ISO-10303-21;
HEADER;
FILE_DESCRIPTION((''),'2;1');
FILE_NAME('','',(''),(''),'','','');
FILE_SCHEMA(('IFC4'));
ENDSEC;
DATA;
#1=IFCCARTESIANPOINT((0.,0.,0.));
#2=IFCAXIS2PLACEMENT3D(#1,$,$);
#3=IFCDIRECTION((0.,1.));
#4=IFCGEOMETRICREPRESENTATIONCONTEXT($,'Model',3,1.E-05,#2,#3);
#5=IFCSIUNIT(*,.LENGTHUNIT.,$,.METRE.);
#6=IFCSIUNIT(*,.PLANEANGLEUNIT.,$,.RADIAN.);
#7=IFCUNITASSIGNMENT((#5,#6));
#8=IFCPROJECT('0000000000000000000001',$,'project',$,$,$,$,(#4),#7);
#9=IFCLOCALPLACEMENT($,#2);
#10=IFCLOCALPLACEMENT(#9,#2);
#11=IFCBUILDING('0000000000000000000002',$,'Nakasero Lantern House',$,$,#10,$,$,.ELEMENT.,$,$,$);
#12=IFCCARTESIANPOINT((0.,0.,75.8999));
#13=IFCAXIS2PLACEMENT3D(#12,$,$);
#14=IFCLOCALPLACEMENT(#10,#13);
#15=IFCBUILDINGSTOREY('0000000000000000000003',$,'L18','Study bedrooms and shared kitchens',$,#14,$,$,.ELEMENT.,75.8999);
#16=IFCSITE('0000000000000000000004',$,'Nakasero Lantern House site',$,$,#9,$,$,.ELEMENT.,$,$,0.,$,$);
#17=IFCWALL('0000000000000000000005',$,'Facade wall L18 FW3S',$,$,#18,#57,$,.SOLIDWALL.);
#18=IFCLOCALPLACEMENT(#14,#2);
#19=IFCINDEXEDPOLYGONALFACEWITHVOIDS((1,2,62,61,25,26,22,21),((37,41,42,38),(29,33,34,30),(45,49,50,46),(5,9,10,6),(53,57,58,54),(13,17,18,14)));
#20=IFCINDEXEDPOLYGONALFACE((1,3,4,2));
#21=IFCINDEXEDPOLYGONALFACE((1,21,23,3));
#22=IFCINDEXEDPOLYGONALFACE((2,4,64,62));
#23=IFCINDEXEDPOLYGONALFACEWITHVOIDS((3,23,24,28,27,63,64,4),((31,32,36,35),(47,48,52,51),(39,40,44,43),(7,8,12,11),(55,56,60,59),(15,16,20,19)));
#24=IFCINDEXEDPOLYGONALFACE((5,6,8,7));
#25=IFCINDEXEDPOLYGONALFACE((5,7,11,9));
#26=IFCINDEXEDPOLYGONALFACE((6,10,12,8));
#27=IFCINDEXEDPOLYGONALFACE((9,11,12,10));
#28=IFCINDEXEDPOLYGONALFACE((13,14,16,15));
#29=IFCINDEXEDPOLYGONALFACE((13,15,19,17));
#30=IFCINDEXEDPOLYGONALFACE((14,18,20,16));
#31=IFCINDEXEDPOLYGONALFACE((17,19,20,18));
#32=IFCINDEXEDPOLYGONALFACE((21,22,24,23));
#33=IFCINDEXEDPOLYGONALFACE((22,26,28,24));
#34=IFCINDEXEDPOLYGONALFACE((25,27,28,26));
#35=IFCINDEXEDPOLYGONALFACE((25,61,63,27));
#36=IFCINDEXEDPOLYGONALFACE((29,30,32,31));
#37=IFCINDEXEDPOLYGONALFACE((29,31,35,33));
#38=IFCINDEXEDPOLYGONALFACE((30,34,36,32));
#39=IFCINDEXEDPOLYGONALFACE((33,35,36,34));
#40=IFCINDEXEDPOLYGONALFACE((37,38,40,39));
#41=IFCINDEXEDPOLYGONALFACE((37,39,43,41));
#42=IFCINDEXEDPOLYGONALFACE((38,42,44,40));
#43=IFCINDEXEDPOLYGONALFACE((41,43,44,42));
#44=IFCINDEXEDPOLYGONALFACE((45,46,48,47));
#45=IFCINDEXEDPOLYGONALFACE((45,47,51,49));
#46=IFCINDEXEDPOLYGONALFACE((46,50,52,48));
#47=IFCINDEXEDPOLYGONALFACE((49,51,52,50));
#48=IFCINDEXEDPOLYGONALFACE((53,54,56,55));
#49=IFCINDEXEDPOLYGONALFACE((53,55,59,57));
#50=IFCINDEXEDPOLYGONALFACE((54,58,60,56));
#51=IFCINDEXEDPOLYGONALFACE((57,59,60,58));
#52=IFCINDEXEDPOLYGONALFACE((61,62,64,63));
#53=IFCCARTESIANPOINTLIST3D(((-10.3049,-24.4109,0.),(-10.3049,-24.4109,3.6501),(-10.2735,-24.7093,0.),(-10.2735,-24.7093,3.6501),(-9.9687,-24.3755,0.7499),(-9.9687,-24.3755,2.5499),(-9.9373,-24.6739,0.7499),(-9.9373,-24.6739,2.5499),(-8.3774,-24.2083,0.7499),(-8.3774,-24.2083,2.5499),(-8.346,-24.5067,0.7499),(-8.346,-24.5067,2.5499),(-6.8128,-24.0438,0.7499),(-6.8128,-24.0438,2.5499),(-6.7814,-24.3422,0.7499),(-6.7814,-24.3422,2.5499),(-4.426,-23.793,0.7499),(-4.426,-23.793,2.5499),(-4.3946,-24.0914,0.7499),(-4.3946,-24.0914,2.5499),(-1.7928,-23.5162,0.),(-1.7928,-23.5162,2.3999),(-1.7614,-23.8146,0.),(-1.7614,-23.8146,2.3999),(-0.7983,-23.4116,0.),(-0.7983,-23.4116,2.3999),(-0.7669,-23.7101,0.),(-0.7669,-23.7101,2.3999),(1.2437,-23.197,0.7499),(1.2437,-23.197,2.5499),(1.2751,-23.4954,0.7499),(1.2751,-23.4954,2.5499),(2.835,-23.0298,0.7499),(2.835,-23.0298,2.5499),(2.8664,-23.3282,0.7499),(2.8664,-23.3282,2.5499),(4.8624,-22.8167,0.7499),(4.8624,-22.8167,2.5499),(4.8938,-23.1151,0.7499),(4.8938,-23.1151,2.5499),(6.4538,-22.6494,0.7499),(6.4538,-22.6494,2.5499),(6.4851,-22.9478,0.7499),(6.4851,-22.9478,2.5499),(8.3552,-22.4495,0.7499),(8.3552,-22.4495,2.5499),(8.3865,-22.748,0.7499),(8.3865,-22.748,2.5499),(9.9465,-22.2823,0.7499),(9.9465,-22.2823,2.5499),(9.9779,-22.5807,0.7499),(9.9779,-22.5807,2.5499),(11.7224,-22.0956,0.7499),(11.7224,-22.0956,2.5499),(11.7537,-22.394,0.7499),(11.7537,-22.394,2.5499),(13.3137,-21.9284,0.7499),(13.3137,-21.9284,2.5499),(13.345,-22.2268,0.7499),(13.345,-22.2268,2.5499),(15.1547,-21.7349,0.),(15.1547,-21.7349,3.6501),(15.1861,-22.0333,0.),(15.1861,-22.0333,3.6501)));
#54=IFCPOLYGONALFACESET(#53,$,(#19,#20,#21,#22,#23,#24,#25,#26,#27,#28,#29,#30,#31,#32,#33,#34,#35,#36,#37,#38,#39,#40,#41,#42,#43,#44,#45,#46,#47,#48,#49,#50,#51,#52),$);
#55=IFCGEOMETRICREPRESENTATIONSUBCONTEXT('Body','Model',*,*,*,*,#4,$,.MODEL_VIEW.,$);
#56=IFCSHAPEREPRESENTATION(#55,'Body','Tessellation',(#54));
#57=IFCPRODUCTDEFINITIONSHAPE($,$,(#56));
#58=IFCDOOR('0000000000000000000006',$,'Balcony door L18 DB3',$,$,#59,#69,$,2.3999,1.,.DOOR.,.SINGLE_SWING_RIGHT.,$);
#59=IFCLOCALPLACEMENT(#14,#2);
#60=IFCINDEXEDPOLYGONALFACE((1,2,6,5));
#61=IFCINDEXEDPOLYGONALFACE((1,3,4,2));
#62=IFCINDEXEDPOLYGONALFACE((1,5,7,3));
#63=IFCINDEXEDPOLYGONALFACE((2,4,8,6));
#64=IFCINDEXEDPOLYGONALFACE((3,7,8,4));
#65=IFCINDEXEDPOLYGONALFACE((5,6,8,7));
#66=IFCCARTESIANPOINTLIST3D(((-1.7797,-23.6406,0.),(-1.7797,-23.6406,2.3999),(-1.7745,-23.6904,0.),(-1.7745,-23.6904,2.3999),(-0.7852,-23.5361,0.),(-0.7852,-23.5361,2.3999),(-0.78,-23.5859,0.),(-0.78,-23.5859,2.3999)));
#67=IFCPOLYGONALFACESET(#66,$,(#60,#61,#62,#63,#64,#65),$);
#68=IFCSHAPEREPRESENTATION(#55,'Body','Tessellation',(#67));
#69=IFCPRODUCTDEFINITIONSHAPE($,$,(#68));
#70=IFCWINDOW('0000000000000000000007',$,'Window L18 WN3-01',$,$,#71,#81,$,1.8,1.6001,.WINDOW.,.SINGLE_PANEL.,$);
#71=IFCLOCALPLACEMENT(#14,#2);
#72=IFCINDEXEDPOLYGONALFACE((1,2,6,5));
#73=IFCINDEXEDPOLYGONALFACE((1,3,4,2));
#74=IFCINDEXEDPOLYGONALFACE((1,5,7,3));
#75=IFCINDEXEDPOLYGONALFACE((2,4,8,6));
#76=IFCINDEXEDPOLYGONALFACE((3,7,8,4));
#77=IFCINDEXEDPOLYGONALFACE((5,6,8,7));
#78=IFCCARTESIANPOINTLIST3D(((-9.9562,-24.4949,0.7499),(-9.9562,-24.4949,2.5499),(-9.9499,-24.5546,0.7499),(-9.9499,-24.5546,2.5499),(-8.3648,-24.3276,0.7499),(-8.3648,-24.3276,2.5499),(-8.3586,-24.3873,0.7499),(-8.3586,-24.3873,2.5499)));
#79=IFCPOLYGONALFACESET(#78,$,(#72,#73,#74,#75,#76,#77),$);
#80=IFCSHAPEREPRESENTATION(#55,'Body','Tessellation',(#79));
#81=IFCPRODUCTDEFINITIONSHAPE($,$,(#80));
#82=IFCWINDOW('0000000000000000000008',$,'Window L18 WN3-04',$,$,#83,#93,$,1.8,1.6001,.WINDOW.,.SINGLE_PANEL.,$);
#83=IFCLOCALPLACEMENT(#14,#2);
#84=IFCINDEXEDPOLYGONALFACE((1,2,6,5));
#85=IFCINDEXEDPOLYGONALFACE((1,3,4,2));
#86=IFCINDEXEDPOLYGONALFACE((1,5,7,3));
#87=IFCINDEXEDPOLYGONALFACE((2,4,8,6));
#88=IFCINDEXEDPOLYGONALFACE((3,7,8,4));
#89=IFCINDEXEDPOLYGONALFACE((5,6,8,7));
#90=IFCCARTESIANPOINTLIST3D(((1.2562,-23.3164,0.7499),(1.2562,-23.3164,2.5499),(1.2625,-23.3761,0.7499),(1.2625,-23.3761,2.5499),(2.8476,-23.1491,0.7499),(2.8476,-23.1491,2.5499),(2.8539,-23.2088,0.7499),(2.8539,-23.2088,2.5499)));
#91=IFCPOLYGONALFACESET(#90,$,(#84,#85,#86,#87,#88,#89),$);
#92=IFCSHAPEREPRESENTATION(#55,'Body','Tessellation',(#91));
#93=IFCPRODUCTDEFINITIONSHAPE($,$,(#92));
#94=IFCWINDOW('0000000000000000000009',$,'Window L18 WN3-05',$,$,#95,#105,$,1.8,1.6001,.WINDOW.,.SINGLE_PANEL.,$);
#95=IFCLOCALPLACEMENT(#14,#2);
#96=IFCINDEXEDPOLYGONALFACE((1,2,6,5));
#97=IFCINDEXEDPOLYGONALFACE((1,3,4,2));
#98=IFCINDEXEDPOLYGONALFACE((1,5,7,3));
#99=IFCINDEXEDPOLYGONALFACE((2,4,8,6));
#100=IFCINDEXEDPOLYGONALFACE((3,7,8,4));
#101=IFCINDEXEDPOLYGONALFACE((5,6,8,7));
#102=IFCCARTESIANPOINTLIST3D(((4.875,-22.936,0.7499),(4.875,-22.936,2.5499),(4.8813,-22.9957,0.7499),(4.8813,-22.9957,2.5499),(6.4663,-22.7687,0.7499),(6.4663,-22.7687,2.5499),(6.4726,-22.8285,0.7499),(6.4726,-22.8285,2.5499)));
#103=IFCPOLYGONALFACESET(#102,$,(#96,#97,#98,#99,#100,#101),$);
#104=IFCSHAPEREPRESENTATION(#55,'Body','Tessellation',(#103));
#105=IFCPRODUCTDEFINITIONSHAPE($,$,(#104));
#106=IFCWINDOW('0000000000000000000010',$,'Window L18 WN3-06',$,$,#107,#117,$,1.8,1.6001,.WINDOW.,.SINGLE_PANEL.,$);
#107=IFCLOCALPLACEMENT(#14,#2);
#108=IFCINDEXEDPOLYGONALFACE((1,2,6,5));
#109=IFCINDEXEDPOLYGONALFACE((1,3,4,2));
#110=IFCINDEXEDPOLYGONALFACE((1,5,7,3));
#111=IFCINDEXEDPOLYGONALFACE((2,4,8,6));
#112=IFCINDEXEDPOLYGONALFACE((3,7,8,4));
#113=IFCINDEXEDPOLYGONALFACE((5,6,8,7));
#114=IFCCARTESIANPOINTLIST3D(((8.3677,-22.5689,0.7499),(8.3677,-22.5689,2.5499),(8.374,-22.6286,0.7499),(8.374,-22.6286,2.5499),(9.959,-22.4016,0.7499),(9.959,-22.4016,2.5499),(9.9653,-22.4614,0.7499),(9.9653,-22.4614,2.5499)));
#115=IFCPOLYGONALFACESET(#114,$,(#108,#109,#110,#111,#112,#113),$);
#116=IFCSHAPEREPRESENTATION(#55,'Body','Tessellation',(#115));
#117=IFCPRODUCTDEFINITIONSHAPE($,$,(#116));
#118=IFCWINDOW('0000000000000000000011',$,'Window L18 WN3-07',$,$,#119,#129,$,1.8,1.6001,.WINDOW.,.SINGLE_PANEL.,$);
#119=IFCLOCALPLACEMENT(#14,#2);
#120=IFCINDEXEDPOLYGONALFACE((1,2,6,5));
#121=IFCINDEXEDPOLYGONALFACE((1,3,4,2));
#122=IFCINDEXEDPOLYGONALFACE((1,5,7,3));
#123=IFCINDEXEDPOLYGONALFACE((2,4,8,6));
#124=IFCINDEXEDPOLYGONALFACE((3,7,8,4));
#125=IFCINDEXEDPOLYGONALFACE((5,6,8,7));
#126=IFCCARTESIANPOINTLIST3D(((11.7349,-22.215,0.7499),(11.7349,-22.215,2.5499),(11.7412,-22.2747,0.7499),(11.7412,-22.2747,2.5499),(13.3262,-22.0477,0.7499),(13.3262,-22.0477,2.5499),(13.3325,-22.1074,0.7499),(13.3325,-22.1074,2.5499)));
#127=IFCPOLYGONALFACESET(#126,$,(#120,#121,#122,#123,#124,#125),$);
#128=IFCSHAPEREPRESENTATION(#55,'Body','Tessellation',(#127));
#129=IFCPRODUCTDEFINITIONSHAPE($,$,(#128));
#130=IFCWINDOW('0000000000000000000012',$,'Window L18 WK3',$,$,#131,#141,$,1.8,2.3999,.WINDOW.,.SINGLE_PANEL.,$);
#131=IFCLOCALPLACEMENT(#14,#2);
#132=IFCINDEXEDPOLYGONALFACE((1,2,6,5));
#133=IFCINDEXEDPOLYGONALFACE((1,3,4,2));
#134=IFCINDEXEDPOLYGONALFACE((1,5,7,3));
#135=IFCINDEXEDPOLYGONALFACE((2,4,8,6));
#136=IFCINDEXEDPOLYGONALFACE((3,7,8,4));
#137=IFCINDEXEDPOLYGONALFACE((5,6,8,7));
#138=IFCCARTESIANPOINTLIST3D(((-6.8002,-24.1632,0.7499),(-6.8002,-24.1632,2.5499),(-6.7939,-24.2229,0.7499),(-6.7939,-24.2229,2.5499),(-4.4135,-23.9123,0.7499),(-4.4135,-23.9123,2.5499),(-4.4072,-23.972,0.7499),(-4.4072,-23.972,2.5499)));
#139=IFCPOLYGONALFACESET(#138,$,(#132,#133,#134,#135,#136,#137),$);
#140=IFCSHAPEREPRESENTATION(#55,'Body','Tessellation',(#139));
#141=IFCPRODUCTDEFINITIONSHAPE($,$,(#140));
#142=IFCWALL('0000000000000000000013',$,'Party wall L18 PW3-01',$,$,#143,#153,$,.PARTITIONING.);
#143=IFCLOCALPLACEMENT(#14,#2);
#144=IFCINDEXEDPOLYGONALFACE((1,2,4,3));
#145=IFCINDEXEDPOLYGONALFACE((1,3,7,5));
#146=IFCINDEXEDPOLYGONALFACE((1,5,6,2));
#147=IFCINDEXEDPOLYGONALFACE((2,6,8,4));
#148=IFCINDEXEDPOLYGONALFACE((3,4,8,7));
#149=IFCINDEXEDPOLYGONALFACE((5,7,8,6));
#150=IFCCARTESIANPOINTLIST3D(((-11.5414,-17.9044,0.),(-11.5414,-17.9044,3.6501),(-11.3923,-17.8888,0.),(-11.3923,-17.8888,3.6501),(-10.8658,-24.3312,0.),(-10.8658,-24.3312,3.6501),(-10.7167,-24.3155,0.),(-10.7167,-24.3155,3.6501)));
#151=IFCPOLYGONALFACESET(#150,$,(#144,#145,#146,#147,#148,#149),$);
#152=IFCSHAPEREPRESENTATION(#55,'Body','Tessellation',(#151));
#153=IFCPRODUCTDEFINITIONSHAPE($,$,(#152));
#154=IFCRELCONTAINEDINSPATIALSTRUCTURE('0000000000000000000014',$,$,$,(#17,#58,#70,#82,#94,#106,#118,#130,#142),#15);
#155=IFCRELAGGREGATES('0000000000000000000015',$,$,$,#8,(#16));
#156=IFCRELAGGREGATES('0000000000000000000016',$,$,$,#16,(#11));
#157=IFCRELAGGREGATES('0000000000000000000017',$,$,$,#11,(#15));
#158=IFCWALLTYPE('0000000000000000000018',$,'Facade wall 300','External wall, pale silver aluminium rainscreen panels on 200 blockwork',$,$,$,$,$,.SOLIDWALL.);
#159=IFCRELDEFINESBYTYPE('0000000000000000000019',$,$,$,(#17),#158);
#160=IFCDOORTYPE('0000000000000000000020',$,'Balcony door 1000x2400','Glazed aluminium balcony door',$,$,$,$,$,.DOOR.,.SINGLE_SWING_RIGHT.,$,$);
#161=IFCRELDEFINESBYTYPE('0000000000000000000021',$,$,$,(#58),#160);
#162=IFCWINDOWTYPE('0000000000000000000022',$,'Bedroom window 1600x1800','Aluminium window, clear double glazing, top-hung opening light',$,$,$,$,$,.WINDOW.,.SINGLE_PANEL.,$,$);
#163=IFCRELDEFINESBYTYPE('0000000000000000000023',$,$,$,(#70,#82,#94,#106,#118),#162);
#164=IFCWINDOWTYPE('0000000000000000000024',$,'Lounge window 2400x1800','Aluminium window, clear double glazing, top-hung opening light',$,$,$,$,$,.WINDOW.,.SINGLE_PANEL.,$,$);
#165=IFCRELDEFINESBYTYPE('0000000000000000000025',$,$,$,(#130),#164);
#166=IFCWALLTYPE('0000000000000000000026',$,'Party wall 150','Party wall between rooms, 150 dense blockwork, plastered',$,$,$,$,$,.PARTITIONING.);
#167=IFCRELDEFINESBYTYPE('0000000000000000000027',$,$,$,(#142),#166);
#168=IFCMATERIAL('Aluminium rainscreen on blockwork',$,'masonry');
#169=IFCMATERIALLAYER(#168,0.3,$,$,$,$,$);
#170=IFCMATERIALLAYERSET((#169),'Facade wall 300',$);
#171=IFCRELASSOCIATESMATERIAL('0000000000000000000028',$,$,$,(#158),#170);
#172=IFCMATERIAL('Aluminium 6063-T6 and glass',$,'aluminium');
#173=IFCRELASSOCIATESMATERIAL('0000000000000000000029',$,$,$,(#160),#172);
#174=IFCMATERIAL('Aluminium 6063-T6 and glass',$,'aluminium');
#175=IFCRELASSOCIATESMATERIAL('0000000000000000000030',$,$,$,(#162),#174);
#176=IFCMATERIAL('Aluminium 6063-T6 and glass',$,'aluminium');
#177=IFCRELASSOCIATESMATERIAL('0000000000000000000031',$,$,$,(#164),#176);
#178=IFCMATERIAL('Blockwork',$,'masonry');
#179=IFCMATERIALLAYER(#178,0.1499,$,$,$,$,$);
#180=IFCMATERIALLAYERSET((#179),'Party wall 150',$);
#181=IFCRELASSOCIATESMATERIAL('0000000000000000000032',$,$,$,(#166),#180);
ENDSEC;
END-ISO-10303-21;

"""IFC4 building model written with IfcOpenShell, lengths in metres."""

from ifc_helpers import new_model, si_unit, direction, frame, frame_2d, origin, place, context, subcontext, project, spatial, rectangle, extrude, material, layer, layer_set, type_object, element, fill, save


model = new_model("IFC4")

# Units and contexts
model_context = context("Model", 3, precision=1e-05, world=origin(), true_north=direction((0.0, 1.0)))
body_context = subcontext(model_context, "Body", "Model", "MODEL_VIEW")
ifc_project = project(units=[si_unit("LENGTHUNIT", "METRE"), si_unit("PLANEANGLEUNIT", "RADIAN")], contexts=[model_context])

# Site, building, storey
site_placement = place(None, origin())
site = spatial("IfcSite", under=ifc_project, at=site_placement, Name="Nakasero Lantern House site", CompositionType="ELEMENT", RefElevation=0.0)
building_placement = place(site_placement, origin())
building = spatial("IfcBuilding", under=site, at=building_placement, Name="Nakasero Lantern House", CompositionType="ELEMENT")
storey_placement = place(building_placement, frame((0.0, 0.0, 75.8999)))
storey = spatial("IfcBuildingStorey", under=building, at=storey_placement, Name="L18", Description="Study bedrooms and shared kitchens", CompositionType="ELEMENT", Elevation=75.8999)

# Wall, openings, door, windows
ifc_material_1 = material(Name="Aluminium rainscreen on blockwork", Category="masonry")
ifc_layer_1 = layer(ifc_material_1, 0.3)
ifc_layer_set_1 = layer_set([ifc_layer_1], Name="Facade wall 300")
wall_type_1 = type_object("IfcWallType", Name="Facade wall 300", Description="External wall, pale silver aluminium rainscreen panels on 200 blockwork", PredefinedType="SOLIDWALL", material=ifc_layer_set_1)
wall_1_placement = place(storey_placement, frame((-10.2891, -24.5601, 0.0), z_axis=(0.0, 0.0, 1.0), x_axis=(0.994521, 0.104532, 0.0)))
wall_1 = element("IfcWall", 1, at=wall_1_placement, inside=storey, type_object=wall_type_1, Name="Facade wall L18 FW3S", PredefinedType="SOLIDWALL", context=body_context, shape_type="SweptSolid", body=[
    extrude(rectangle(XDim=25.5999, YDim=0.3, at=frame_2d((12.7998, 0.0))), origin(), (0.0, 0.0, 1.0), 3.6501),
])
opening_1_placement = place(wall_1_placement, frame((0.3379, 0.0, 0.75)))
opening_1 = element("IfcOpeningElement", 2, at=opening_1_placement, cuts=wall_1, PredefinedType="OPENING", context=body_context, shape_type="SweptSolid", body=[
    extrude(rectangle(XDim=1.6001, YDim=1.8, at=frame_2d((0.8, 0.8999))), frame((0.0, 0.1699, 0.0), z_axis=(0.0, -1.0, 0.0), x_axis=(1.0, 0.0, 0.0)), (0.0, 0.0, 1.0), 0.3401),
])
opening_2_placement = place(wall_1_placement, frame((11.6121, 0.0, 0.75)))
opening_2 = element("IfcOpeningElement", 3, at=opening_2_placement, cuts=wall_1, PredefinedType="OPENING", context=body_context, shape_type="SweptSolid", body=[
    extrude(rectangle(XDim=1.6001, YDim=1.8, at=frame_2d((0.8, 0.8999))), frame((0.0, 0.1699, 0.0), z_axis=(0.0, -1.0, 0.0), x_axis=(1.0, 0.0, 0.0)), (0.0, 0.0, 1.0), 0.3401),
])
opening_3_placement = place(wall_1_placement, frame((15.2507, 0.0, 0.75)))
opening_3 = element("IfcOpeningElement", 4, at=opening_3_placement, cuts=wall_1, PredefinedType="OPENING", context=body_context, shape_type="SweptSolid", body=[
    extrude(rectangle(XDim=1.6001, YDim=1.8, at=frame_2d((0.8, 0.8999))), frame((0.0, 0.1699, 0.0), z_axis=(0.0, -1.0, 0.0), x_axis=(1.0, 0.0, 0.0)), (0.0, 0.0, 1.0), 0.3401),
])
opening_4_placement = place(wall_1_placement, frame((18.7627, 0.0, 0.75)))
opening_4 = element("IfcOpeningElement", 5, at=opening_4_placement, cuts=wall_1, PredefinedType="OPENING", context=body_context, shape_type="SweptSolid", body=[
    extrude(rectangle(XDim=1.6001, YDim=1.8, at=frame_2d((0.8, 0.8999))), frame((0.0, 0.1699, 0.0), z_axis=(0.0, -1.0, 0.0), x_axis=(1.0, 0.0, 0.0)), (0.0, 0.0, 1.0), 0.3401),
])
opening_5_placement = place(wall_1_placement, frame((22.1484, 0.0, 0.75)))
opening_5 = element("IfcOpeningElement", 6, at=opening_5_placement, cuts=wall_1, PredefinedType="OPENING", context=body_context, shape_type="SweptSolid", body=[
    extrude(rectangle(XDim=1.6001, YDim=1.8, at=frame_2d((0.8, 0.8999))), frame((0.0, 0.1699, 0.0), z_axis=(0.0, -1.0, 0.0), x_axis=(1.0, 0.0, 0.0)), (0.0, 0.0, 1.0), 0.3401),
])
opening_6_placement = place(wall_1_placement, frame((3.5112, 0.0, 0.75)))
opening_6 = element("IfcOpeningElement", 7, at=opening_6_placement, cuts=wall_1, PredefinedType="OPENING", context=body_context, shape_type="SweptSolid", body=[
    extrude(rectangle(XDim=2.3999, YDim=1.8, at=frame_2d((1.2, 0.8999))), frame((0.0, 0.1699, 0.0), z_axis=(0.0, -1.0, 0.0), x_axis=(1.0, 0.0, 0.0)), (0.0, 0.0, 1.0), 0.3401),
])
opening_7_placement = place(wall_1_placement, frame((8.5588, 0.0, 0.0)))
opening_7 = element("IfcOpeningElement", 8, at=opening_7_placement, cuts=wall_1, PredefinedType="OPENING", context=body_context, shape_type="SweptSolid", body=[
    extrude(rectangle(XDim=1.0, YDim=2.3999, at=frame_2d((0.5, 1.2))), frame((0.0, 0.1699, 0.0), z_axis=(0.0, -1.0, 0.0), x_axis=(1.0, 0.0, 0.0)), (0.0, 0.0, 1.0), 0.3401),
])
ifc_material_2 = material(Name="Aluminium 6063-T6 and glass", Category="aluminium")
door_type = type_object("IfcDoorType", Name="Balcony door 1000x2400", Description="Glazed aluminium balcony door", OperationType="SINGLE_SWING_RIGHT", PredefinedType="DOOR", material=ifc_material_2)
door_placement = place(opening_7_placement, origin())
door = element("IfcDoor", 9, at=door_placement, inside=storey, type_object=door_type, Name="Balcony door L18 DB3", OperationType="SINGLE_SWING_RIGHT", OverallHeight=2.3999, OverallWidth=1.0, PredefinedType="DOOR", context=body_context, shape_type="SweptSolid", body=[
    extrude(rectangle(XDim=1.0, YDim=2.3999, at=frame_2d((0.5, 1.2))), frame((0.0, 0.0249, 0.0), z_axis=(0.0, -1.0, 0.0), x_axis=(1.0, 0.0, 0.0)), (0.0, 0.0, 1.0), 0.05),
])
fill(opening_7, door)
ifc_material_3 = material(Name="Aluminium 6063-T6 and glass", Category="aluminium")
window_type_1 = type_object("IfcWindowType", Name="Bedroom window 1600x1800", Description="Aluminium window, clear double glazing, top-hung opening light", PartitioningType="SINGLE_PANEL", PredefinedType="WINDOW", material=ifc_material_3)
window_1_placement = place(opening_1_placement, origin())
window_1 = element("IfcWindow", 10, at=window_1_placement, inside=storey, type_object=window_type_1, Name="Window L18 WN3-01", OverallHeight=1.8, OverallWidth=1.6001, PartitioningType="SINGLE_PANEL", PredefinedType="WINDOW", context=body_context, shape_type="SweptSolid", body=[
    extrude(rectangle(XDim=1.6001, YDim=1.8, at=frame_2d((0.8, 0.8999))), frame((0.0, 0.03, 0.0), z_axis=(0.0, -1.0, 0.0), x_axis=(1.0, 0.0, 0.0)), (0.0, 0.0, 1.0), 0.0601),
])
fill(opening_1, window_1)
window_2_placement = place(opening_2_placement, origin())
window_2 = element("IfcWindow", 11, at=window_2_placement, inside=storey, type_object=window_type_1, Name="Window L18 WN3-04", OverallHeight=1.8, OverallWidth=1.6001, PartitioningType="SINGLE_PANEL", PredefinedType="WINDOW", context=body_context, shape_type="SweptSolid", body=[
    extrude(rectangle(XDim=1.6001, YDim=1.8, at=frame_2d((0.8, 0.8999))), frame((0.0, 0.03, 0.0), z_axis=(0.0, -1.0, 0.0), x_axis=(1.0, 0.0, 0.0)), (0.0, 0.0, 1.0), 0.0601),
])
fill(opening_2, window_2)
window_3_placement = place(opening_3_placement, origin())
window_3 = element("IfcWindow", 12, at=window_3_placement, inside=storey, type_object=window_type_1, Name="Window L18 WN3-05", OverallHeight=1.8, OverallWidth=1.6001, PartitioningType="SINGLE_PANEL", PredefinedType="WINDOW", context=body_context, shape_type="SweptSolid", body=[
    extrude(rectangle(XDim=1.6001, YDim=1.8, at=frame_2d((0.8, 0.8999))), frame((0.0, 0.03, 0.0), z_axis=(0.0, -1.0, 0.0), x_axis=(1.0, 0.0, 0.0)), (0.0, 0.0, 1.0), 0.0601),
])
fill(opening_3, window_3)
window_4_placement = place(opening_4_placement, origin())
window_4 = element("IfcWindow", 13, at=window_4_placement, inside=storey, type_object=window_type_1, Name="Window L18 WN3-06", OverallHeight=1.8, OverallWidth=1.6001, PartitioningType="SINGLE_PANEL", PredefinedType="WINDOW", context=body_context, shape_type="SweptSolid", body=[
    extrude(rectangle(XDim=1.6001, YDim=1.8, at=frame_2d((0.8, 0.8999))), frame((0.0, 0.03, 0.0), z_axis=(0.0, -1.0, 0.0), x_axis=(1.0, 0.0, 0.0)), (0.0, 0.0, 1.0), 0.0601),
])
fill(opening_4, window_4)
window_5_placement = place(opening_5_placement, origin())
window_5 = element("IfcWindow", 14, at=window_5_placement, inside=storey, type_object=window_type_1, Name="Window L18 WN3-07", OverallHeight=1.8, OverallWidth=1.6001, PartitioningType="SINGLE_PANEL", PredefinedType="WINDOW", context=body_context, shape_type="SweptSolid", body=[
    extrude(rectangle(XDim=1.6001, YDim=1.8, at=frame_2d((0.8, 0.8999))), frame((0.0, 0.03, 0.0), z_axis=(0.0, -1.0, 0.0), x_axis=(1.0, 0.0, 0.0)), (0.0, 0.0, 1.0), 0.0601),
])
fill(opening_5, window_5)
ifc_material_4 = material(Name="Aluminium 6063-T6 and glass", Category="aluminium")
window_type_2 = type_object("IfcWindowType", Name="Lounge window 2400x1800", Description="Aluminium window, clear double glazing, top-hung opening light", PartitioningType="SINGLE_PANEL", PredefinedType="WINDOW", material=ifc_material_4)
window_6_placement = place(opening_6_placement, origin())
window_6 = element("IfcWindow", 15, at=window_6_placement, inside=storey, type_object=window_type_2, Name="Window L18 WK3", OverallHeight=1.8, OverallWidth=2.3999, PartitioningType="SINGLE_PANEL", PredefinedType="WINDOW", context=body_context, shape_type="SweptSolid", body=[
    extrude(rectangle(XDim=2.3999, YDim=1.8, at=frame_2d((1.2, 0.8999))), frame((0.0, 0.03, 0.0), z_axis=(0.0, -1.0, 0.0), x_axis=(1.0, 0.0, 0.0)), (0.0, 0.0, 1.0), 0.0601),
])
fill(opening_6, window_6)

# Wall
ifc_material_5 = material(Name="Blockwork", Category="masonry")
ifc_layer_2 = layer(ifc_material_5, 0.1499)
ifc_layer_set_2 = layer_set([ifc_layer_2], Name="Party wall 150")
wall_type_2 = type_object("IfcWallType", Name="Party wall 150", Description="Party wall between rooms, 150 dense blockwork, plastered", PredefinedType="PARTITIONING", material=ifc_layer_set_2)
wall_2_placement = place(storey_placement, frame((-11.4668, -17.8967, 0.0), z_axis=(0.0, 0.0, 1.0), x_axis=(0.104537, -0.994521, 0.0)))
element("IfcWall", 16, at=wall_2_placement, inside=storey, type_object=wall_type_2, Name="Party wall L18 PW3-01", PredefinedType="PARTITIONING", context=body_context, shape_type="SweptSolid", body=[
    extrude(rectangle(XDim=6.4622, YDim=0.1499, at=frame_2d((3.231, 0.0))), origin(), (0.0, 0.0, 1.0), 3.6501),
])

save(model, "model.ifc")
